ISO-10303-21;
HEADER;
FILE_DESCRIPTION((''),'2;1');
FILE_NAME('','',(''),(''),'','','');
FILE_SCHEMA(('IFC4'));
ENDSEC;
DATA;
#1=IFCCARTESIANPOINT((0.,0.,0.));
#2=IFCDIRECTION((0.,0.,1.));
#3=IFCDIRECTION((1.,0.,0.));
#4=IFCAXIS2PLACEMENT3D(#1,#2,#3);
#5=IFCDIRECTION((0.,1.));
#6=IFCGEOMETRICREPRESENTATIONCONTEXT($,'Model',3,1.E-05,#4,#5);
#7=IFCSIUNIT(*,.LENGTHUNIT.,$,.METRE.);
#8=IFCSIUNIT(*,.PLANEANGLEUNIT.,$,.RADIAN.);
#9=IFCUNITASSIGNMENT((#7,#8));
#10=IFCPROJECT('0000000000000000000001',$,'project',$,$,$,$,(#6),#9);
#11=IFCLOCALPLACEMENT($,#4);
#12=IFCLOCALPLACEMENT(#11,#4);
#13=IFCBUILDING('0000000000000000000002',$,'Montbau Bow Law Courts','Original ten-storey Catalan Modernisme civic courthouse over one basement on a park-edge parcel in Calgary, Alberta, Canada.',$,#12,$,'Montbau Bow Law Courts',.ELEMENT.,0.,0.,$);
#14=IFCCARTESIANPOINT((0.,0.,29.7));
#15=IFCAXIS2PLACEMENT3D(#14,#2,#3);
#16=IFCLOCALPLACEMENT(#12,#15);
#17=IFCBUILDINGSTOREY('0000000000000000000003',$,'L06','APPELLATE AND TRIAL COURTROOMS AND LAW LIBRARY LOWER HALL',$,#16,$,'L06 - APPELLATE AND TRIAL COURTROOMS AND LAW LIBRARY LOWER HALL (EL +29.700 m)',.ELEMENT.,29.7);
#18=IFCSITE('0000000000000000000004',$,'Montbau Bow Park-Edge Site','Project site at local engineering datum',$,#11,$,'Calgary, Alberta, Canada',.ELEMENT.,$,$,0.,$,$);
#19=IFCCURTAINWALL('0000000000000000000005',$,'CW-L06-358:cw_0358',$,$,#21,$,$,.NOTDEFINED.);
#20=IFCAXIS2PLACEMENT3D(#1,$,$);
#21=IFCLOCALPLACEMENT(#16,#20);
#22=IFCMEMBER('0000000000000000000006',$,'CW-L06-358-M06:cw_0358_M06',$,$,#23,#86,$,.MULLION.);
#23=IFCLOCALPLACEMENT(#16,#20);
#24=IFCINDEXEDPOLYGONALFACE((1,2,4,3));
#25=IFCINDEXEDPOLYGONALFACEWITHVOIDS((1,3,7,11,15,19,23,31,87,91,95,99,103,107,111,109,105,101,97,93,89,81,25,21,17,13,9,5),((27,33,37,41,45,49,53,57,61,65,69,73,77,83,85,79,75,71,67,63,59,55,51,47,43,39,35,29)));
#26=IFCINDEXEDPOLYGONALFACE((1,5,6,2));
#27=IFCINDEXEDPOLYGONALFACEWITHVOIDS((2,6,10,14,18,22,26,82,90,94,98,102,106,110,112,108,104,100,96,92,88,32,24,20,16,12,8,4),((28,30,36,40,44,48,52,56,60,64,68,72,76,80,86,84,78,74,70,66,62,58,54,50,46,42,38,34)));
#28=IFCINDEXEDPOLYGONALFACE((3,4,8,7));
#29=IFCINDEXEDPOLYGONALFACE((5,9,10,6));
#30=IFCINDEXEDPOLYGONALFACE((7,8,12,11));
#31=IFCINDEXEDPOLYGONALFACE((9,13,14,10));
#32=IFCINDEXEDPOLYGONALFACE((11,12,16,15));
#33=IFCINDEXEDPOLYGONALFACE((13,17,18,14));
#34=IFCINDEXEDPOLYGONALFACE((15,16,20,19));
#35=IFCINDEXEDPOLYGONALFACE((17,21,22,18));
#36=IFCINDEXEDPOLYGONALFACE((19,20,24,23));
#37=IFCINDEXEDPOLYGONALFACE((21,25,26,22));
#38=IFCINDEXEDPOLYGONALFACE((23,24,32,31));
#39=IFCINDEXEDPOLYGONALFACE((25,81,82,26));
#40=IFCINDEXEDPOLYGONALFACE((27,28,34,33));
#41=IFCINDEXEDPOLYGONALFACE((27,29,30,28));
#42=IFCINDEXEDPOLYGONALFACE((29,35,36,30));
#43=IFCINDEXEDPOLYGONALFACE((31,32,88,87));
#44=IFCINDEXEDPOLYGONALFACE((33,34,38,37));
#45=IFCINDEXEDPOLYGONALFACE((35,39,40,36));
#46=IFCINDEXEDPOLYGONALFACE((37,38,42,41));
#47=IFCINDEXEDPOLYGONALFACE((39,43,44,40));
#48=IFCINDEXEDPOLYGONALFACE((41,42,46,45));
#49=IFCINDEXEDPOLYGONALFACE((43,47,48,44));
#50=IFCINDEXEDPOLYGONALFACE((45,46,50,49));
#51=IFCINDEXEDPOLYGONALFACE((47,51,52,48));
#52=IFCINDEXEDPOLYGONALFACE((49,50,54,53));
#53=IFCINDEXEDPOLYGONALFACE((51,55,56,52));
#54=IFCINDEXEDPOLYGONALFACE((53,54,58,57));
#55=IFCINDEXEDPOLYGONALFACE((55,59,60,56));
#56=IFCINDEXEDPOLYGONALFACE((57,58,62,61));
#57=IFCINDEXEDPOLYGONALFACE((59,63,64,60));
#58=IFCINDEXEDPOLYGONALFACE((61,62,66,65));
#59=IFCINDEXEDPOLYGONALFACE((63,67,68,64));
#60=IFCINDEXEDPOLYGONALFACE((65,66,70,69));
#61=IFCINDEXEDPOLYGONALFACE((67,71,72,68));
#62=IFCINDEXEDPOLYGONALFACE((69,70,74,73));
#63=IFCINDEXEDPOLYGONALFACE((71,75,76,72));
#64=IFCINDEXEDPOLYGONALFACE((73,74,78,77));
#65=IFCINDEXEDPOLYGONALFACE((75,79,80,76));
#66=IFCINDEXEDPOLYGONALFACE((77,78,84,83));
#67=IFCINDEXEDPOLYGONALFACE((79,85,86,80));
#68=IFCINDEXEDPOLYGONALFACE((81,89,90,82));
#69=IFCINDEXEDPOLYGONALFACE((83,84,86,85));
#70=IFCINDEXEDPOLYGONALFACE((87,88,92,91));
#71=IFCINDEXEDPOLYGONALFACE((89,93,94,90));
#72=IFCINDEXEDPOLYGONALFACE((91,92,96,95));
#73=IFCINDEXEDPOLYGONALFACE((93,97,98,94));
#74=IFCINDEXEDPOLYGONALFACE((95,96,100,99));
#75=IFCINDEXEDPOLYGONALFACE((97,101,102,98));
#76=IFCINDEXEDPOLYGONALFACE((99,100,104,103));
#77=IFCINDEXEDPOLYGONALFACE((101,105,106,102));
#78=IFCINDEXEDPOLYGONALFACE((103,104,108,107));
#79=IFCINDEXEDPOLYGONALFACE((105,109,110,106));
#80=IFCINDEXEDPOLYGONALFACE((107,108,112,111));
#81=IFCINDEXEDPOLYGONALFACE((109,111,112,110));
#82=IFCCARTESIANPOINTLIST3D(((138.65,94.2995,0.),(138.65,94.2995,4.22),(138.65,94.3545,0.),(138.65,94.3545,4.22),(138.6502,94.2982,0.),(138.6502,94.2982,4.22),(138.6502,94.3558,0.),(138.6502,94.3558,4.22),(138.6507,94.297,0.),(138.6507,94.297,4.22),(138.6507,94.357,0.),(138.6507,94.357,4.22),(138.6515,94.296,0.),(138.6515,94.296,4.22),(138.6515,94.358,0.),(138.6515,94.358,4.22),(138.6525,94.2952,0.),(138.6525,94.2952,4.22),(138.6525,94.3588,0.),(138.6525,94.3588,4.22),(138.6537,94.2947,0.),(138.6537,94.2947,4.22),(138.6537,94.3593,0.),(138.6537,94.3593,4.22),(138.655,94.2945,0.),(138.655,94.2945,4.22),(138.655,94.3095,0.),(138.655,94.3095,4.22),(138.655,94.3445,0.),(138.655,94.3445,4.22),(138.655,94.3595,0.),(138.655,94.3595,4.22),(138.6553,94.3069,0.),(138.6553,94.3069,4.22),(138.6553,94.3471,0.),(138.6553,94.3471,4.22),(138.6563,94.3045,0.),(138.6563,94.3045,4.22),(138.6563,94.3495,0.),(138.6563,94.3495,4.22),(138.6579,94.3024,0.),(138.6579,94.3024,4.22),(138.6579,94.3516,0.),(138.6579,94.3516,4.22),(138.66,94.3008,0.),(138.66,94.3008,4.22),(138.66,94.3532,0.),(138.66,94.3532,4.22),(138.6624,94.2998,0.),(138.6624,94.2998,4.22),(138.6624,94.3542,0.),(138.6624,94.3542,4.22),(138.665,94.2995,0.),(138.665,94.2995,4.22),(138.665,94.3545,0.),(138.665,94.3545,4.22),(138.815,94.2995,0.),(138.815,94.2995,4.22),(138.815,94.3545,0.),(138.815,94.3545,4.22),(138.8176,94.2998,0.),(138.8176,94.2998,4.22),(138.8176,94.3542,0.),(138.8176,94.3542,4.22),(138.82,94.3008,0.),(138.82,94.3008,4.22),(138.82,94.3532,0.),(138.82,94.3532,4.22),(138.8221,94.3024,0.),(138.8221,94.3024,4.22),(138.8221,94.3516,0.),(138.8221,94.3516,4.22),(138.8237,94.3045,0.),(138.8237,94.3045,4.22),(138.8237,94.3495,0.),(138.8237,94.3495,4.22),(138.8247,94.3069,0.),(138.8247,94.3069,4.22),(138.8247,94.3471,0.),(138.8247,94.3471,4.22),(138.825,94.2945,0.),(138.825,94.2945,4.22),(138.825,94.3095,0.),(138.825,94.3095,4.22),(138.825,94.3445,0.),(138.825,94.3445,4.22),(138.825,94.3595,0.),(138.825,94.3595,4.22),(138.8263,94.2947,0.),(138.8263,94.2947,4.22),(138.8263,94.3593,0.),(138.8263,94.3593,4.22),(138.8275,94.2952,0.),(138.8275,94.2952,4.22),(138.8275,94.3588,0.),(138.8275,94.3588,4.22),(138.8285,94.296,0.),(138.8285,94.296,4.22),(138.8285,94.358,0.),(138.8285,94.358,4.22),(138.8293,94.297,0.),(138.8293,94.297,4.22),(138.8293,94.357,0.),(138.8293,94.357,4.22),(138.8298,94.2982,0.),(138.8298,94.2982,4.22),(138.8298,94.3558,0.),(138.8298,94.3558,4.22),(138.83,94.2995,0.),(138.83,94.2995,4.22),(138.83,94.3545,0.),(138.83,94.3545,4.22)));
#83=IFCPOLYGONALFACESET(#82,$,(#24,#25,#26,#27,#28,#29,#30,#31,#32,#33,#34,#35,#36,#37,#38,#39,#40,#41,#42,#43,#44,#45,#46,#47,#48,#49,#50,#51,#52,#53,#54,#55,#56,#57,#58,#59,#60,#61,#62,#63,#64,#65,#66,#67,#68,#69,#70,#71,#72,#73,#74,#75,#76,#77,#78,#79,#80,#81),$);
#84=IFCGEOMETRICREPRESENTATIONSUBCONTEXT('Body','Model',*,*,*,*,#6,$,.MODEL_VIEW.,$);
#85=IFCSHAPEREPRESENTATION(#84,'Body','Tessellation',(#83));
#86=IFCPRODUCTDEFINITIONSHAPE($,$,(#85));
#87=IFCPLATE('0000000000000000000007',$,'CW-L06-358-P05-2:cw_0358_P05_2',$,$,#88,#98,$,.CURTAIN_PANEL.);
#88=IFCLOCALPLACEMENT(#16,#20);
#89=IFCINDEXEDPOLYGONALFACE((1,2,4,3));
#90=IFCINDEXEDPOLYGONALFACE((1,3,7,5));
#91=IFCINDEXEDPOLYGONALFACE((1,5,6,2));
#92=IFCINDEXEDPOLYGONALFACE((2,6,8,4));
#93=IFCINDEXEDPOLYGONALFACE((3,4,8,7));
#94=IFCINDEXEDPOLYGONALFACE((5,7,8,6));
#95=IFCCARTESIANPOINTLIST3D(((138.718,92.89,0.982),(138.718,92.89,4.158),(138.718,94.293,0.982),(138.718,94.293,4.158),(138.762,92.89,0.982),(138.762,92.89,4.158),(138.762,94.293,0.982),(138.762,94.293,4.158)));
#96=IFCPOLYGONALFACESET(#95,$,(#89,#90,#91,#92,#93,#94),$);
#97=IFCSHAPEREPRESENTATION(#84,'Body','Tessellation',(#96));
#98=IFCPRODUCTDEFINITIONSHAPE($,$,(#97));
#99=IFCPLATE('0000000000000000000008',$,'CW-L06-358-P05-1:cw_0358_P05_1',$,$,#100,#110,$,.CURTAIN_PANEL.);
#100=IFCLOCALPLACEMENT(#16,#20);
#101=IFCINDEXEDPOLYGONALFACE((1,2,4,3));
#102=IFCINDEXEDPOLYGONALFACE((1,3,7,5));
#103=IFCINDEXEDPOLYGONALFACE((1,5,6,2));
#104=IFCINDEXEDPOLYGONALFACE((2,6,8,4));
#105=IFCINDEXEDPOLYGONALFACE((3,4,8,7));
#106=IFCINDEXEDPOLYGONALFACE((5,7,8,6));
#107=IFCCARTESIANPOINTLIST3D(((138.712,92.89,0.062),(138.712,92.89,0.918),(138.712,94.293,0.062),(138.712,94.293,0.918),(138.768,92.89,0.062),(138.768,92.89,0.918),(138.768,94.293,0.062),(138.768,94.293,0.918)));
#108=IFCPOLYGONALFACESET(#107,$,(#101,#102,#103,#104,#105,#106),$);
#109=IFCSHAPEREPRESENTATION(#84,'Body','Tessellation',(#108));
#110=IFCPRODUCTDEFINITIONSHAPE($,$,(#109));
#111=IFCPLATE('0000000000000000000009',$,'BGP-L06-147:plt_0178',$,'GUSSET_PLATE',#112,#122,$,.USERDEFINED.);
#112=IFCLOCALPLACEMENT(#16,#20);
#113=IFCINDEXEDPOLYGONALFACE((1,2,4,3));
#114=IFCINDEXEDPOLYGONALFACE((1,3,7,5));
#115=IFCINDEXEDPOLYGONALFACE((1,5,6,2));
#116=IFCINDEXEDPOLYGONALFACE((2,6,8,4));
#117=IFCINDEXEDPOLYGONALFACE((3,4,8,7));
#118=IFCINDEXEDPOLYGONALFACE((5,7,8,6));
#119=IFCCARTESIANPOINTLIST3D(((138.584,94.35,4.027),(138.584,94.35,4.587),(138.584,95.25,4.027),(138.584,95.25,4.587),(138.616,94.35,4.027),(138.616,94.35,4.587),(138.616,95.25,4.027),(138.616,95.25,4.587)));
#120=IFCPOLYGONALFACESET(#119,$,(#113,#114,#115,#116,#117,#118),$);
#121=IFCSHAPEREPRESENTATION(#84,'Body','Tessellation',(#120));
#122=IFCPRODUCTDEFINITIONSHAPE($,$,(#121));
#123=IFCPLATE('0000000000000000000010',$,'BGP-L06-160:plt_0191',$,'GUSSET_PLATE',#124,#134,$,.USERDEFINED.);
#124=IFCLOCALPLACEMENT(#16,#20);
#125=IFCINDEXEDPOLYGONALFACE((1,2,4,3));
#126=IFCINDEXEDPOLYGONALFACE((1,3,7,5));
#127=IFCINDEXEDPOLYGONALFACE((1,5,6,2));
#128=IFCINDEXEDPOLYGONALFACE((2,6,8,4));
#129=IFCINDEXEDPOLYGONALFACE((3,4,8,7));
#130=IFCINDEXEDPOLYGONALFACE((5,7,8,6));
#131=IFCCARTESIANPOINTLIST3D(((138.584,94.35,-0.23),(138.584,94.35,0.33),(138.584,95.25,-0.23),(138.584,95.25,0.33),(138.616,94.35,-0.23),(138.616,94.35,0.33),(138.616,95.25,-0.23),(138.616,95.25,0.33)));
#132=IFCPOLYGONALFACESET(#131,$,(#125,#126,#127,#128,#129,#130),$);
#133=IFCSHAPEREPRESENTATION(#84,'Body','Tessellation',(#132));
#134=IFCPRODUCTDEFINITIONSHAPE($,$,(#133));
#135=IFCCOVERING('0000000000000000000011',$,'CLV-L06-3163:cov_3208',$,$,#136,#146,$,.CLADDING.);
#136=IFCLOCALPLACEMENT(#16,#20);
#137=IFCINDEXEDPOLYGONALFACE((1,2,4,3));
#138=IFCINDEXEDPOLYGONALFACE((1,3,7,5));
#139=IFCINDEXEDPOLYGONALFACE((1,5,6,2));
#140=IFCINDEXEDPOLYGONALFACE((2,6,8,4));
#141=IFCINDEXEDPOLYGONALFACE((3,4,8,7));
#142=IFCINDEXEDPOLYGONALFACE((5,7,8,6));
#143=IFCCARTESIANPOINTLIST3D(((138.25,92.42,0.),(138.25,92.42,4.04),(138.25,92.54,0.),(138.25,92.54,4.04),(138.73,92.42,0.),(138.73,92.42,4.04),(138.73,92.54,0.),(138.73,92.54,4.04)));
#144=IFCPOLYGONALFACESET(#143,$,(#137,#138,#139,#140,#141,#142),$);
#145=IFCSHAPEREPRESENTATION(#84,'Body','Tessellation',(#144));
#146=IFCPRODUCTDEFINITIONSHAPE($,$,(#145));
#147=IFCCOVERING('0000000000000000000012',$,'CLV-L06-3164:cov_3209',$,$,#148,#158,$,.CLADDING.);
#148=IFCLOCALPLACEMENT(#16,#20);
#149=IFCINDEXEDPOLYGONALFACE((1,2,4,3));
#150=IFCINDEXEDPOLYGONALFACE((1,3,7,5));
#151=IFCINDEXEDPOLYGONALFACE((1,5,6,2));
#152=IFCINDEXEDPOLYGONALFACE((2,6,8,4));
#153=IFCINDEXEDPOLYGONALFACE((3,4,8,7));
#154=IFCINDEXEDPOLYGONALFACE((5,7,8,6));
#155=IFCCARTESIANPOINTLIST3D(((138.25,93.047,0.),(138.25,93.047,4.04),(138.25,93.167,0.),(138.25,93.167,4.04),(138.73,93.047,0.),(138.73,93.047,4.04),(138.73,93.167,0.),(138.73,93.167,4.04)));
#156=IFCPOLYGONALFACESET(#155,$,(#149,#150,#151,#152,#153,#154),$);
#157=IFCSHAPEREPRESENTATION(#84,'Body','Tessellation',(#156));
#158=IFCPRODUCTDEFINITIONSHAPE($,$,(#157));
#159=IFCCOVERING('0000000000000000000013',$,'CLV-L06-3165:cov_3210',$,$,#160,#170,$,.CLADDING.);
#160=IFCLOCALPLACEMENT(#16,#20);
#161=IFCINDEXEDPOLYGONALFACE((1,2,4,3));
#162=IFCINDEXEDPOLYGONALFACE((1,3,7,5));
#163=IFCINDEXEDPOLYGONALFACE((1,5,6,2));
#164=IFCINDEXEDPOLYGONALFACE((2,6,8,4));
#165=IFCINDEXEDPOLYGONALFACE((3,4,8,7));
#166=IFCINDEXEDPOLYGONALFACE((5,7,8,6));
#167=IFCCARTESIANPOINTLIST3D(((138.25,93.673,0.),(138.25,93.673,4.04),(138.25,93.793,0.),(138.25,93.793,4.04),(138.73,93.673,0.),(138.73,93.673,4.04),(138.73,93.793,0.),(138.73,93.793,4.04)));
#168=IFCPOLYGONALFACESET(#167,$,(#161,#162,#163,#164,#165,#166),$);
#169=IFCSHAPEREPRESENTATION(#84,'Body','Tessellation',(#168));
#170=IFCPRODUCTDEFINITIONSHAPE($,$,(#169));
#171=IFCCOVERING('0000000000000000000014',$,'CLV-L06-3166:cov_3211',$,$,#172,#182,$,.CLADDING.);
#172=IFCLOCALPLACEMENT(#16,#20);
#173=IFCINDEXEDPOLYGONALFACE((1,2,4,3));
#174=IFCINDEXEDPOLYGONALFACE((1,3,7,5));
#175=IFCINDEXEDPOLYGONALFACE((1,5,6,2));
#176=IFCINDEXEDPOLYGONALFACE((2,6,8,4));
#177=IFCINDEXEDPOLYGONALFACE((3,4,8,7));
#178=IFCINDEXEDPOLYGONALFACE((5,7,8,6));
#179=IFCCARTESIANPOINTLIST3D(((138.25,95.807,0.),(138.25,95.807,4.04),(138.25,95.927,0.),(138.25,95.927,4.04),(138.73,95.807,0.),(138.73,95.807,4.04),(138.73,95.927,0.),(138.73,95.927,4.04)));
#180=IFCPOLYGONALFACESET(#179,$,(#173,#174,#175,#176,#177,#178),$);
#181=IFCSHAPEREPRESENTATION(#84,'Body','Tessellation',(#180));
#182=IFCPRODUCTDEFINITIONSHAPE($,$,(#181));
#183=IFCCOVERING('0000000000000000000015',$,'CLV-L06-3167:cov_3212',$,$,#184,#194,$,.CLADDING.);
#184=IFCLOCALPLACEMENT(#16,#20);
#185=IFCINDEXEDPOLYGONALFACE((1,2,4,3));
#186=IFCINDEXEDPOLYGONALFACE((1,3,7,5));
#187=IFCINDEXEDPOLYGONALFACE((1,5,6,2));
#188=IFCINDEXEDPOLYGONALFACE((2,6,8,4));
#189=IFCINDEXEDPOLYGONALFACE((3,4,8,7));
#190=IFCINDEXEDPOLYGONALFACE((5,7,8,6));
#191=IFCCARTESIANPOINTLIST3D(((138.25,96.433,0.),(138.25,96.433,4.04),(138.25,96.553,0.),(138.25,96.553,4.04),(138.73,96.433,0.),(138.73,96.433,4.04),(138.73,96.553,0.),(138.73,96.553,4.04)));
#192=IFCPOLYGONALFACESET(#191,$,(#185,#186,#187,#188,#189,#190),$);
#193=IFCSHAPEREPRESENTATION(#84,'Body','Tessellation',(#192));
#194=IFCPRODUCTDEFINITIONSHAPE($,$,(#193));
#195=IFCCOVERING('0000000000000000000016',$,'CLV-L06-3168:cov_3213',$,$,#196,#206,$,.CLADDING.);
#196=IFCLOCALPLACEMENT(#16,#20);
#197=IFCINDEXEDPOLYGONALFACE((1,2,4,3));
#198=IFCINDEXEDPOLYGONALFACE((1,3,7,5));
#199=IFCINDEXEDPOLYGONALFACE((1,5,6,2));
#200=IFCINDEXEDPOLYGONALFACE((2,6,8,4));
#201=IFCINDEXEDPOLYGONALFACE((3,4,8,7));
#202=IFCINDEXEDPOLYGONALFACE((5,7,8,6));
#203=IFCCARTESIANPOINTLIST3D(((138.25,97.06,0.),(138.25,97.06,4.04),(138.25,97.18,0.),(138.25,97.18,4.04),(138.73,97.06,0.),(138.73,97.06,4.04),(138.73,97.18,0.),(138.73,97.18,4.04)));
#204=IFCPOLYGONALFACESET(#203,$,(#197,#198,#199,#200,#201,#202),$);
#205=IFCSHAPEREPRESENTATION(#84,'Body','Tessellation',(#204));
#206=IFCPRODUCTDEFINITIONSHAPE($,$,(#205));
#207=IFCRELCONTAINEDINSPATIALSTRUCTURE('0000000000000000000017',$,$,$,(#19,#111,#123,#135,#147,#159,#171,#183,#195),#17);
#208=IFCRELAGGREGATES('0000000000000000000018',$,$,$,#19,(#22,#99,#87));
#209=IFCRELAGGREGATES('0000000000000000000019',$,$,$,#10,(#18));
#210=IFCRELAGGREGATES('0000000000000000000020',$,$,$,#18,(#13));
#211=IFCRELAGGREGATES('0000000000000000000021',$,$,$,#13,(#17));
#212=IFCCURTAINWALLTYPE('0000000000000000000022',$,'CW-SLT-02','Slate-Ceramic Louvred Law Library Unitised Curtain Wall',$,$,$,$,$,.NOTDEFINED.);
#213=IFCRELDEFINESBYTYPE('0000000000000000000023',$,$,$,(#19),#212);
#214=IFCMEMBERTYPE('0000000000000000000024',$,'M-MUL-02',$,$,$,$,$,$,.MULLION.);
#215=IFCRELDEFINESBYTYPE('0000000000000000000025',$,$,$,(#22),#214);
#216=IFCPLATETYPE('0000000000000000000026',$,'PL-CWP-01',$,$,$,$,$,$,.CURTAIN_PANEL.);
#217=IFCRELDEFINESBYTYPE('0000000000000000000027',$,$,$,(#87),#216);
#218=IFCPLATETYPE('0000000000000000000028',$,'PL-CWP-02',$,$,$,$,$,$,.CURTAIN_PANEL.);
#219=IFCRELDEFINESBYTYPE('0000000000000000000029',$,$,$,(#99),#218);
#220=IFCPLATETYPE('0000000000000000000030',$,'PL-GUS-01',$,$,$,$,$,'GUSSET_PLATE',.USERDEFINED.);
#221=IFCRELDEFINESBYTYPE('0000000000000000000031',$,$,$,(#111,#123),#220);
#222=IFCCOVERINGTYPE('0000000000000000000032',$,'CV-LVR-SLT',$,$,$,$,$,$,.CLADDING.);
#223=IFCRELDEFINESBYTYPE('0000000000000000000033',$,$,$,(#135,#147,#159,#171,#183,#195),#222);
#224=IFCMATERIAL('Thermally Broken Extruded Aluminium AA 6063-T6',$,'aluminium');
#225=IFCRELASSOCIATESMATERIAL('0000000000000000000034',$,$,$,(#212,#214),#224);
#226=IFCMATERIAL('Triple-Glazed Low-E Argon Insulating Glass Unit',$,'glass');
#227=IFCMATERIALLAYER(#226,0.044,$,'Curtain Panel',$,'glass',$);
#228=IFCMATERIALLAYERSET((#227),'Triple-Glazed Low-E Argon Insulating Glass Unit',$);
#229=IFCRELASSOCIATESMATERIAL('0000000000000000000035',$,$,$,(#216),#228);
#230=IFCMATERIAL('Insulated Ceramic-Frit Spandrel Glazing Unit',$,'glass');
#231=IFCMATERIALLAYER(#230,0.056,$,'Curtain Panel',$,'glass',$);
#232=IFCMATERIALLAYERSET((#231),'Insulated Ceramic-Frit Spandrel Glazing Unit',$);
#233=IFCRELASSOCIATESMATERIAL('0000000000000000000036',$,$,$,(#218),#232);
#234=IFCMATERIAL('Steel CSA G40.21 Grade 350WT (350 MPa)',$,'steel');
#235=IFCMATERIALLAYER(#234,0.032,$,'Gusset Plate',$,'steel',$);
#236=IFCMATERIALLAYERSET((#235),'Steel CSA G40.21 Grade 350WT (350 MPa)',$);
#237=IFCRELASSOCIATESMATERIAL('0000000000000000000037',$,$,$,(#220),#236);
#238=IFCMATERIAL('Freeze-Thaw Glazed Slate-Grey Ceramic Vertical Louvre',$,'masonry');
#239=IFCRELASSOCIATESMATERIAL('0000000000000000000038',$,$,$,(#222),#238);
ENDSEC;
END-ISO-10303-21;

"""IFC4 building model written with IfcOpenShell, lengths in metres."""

from ifc_helpers import new_model, si_unit, direction, frame, frame_2d, origin_with_axes, origin_2d_with_axis, place, context, subcontext, project, spatial, rectangle, hollow_rectangle, extrude, material, layer, layer_set, material_profile, profile_set, type_object, element, aggregate, save


model = new_model("IFC4")

# Units and contexts
model_context = context("Model", 3, precision=1e-05, world=origin_with_axes(), true_north=direction((0.0, 1.0)))
body_context = subcontext(model_context, "Body", "Model", "MODEL_VIEW")
ifc_project = project(units=[si_unit("LENGTHUNIT", "METRE"), si_unit("PLANEANGLEUNIT", "RADIAN")], contexts=[model_context])

# Site, building, storey
site_placement = place(None, origin_with_axes())
site = spatial("IfcSite", under=ifc_project, at=site_placement, Name="Montbau Bow Park-Edge Site", Description="Project site at local engineering datum", LongName="Calgary, Alberta, Canada", CompositionType="ELEMENT", RefElevation=0.0)
building_placement = place(site_placement, origin_with_axes())
building = spatial("IfcBuilding", under=site, at=building_placement, Name="Montbau Bow Law Courts", Description="Original ten-storey Catalan Modernisme civic courthouse over one basement on a park-edge parcel in Calgary, Alberta, Canada.", LongName="Montbau Bow Law Courts", CompositionType="ELEMENT", ElevationOfRefHeight=0.0, ElevationOfTerrain=0.0)
storey_placement = place(building_placement, frame((0.0, 0.0, 29.7), z_axis=(0.0, 0.0, 1.0), x_axis=(1.0, 0.0, 0.0)))
storey = spatial("IfcBuildingStorey", under=building, at=storey_placement, Name="L06", Description="APPELLATE AND TRIAL COURTROOMS AND LAW LIBRARY LOWER HALL", LongName="L06 - APPELLATE AND TRIAL COURTROOMS AND LAW LIBRARY LOWER HALL (EL +29.700 m)", CompositionType="ELEMENT", Elevation=29.7)

# Shared definitions
ifc_material_1 = material(Name="Steel CSA G40.21 Grade 350WT (350 MPa)", Category="steel")

# Curtain wall, member, plates
ifc_material_2 = material(Name="Thermally Broken Extruded Aluminium AA 6063-T6", Category="aluminium")
curtain_wall_type = type_object("IfcCurtainWallType", Name="CW-SLT-02", Description="Slate-Ceramic Louvred Law Library Unitised Curtain Wall", PredefinedType="NOTDEFINED", material=ifc_material_2)
curtain_wall_placement = place(None, frame((138.74, 86.84, 29.7), z_axis=(0.0, 0.0, 1.0), x_axis=(1.0, 0.0, 0.0)))
curtain_wall = element("IfcCurtainWall", 1, at=curtain_wall_placement, inside=storey, type_object=curtain_wall_type, Name="CW-L06-358:cw_0358", PredefinedType="NOTDEFINED")
ifc_material_profile_1 = material_profile(ifc_material_2, hollow_rectangle(XDim=0.065, YDim=0.18, WallThickness=0.005, InnerFilletRadius=0.01, OuterFilletRadius=0.005, at=origin_2d_with_axis()), Name="CWM-180X65", Category="Main", Priority=0)
ifc_profile_set_1 = profile_set([ifc_material_profile_1], Name="Thermally Broken Extruded Aluminium AA 6063-T6")
member_type_1 = type_object("IfcMemberType", Name="M-MUL-02", PredefinedType="MULLION", material=ifc_profile_set_1)
member_1_placement = place(None, frame((138.74, 94.327, 29.7), z_axis=(0.0, 0.0, 1.0), x_axis=(0.0, 1.0, 0.0)))
member_1 = element("IfcMember", 2, at=member_1_placement, type_object=member_type_1, Name="CW-L06-358-M06:cw_0358_M06", PredefinedType="MULLION", context=body_context, shape_type="SweptSolid", body=[
    extrude(hollow_rectangle(XDim=0.065, YDim=0.18, WallThickness=0.005, InnerFilletRadius=0.01, OuterFilletRadius=0.005, at=origin_2d_with_axis()), origin_with_axes(), (0.0, 0.0, 1.0), 4.22),
])
ifc_material_3 = material(Name="Triple-Glazed Low-E Argon Insulating Glass Unit", Category="glass")
ifc_layer_1 = layer(ifc_material_3, 0.044, Name="Curtain Panel", Category="glass")
ifc_layer_set_1 = layer_set([ifc_layer_1], Name="Triple-Glazed Low-E Argon Insulating Glass Unit")
plate_type_1 = type_object("IfcPlateType", Name="PL-CWP-01", PredefinedType="CURTAIN_PANEL", material=ifc_layer_set_1)
plate_1_placement = place(None, frame((138.74, 92.89, 30.682), z_axis=(1.0, 0.0, 0.0), x_axis=(0.0, 1.0, 0.0)))
plate_1 = element("IfcPlate", 3, at=plate_1_placement, type_object=plate_type_1, Name="CW-L06-358-P05-2:cw_0358_P05_2", PredefinedType="CURTAIN_PANEL", context=body_context, shape_type="SweptSolid", body=[
    extrude(rectangle(XDim=1.403, YDim=3.176, at=frame_2d((0.7015, 1.588), x_axis=(1.0, 0.0))), frame((0.0, 0.0, -0.022), z_axis=(0.0, 0.0, 1.0), x_axis=(1.0, 0.0, 0.0)), (0.0, 0.0, 1.0), 0.044),
])
ifc_material_4 = material(Name="Insulated Ceramic-Frit Spandrel Glazing Unit", Category="glass")
ifc_layer_2 = layer(ifc_material_4, 0.056, Name="Curtain Panel", Category="glass")
ifc_layer_set_2 = layer_set([ifc_layer_2], Name="Insulated Ceramic-Frit Spandrel Glazing Unit")
plate_type_2 = type_object("IfcPlateType", Name="PL-CWP-02", PredefinedType="CURTAIN_PANEL", material=ifc_layer_set_2)
plate_2_placement = place(None, frame((138.74, 92.89, 29.762), z_axis=(1.0, 0.0, 0.0), x_axis=(0.0, 1.0, 0.0)))
plate_2 = element("IfcPlate", 4, at=plate_2_placement, type_object=plate_type_2, Name="CW-L06-358-P05-1:cw_0358_P05_1", PredefinedType="CURTAIN_PANEL", context=body_context, shape_type="SweptSolid", body=[
    extrude(rectangle(XDim=1.403, YDim=0.856, at=frame_2d((0.7015, 0.428), x_axis=(1.0, 0.0))), frame((0.0, 0.0, -0.028), z_axis=(0.0, 0.0, 1.0), x_axis=(1.0, 0.0, 0.0)), (0.0, 0.0, 1.0), 0.056),
])
aggregate(curtain_wall, [member_1, plate_2, plate_1])

# Plates
ifc_layer_3 = layer(ifc_material_1, 0.032, Name="Gusset Plate", Category="steel")
ifc_layer_set_3 = layer_set([ifc_layer_3], Name="Steel CSA G40.21 Grade 350WT (350 MPa)")
plate_type_3 = type_object("IfcPlateType", Name="PL-GUS-01", ElementType="GUSSET_PLATE", PredefinedType="USERDEFINED", material=ifc_layer_set_3)
for number, where, z_axis, x_axis, name in (
    (5, (138.6, 94.8, 33.727), (0.0, 0.0, 1.0), (0.0, 1.0, 0.0), "BGP-L06-147:plt_0178"),
    (6, (138.6, 94.8, 29.47), (0.0, 0.0, 1.0), (0.0, 1.0, 0.0), "BGP-L06-160:plt_0191"),
):
    element("IfcPlate", number, at=place(None, frame(where, z_axis=z_axis, x_axis=x_axis)), inside=storey, type_object=plate_type_3, Name=name, ObjectType="GUSSET_PLATE", PredefinedType="USERDEFINED", context=body_context, shape_type="SweptSolid", body=[
        extrude(rectangle(XDim=0.9, YDim=0.032, at=origin_2d_with_axis()), origin_with_axes(), (0.0, 0.0, 1.0), 0.56),
    ])

# Coverings
ifc_material_5 = material(Name="Freeze-Thaw Glazed Slate-Grey Ceramic Vertical Louvre", Category="masonry")
covering_type = type_object("IfcCoveringType", Name="CV-LVR-SLT", PredefinedType="CLADDING", material=ifc_material_5)
for number, where, z_axis, x_axis, name in (
    (7, (138.73, 92.48, 29.7), (0.0, 1.0, 0.0), (-1.0, 0.0, 0.0), "CLV-L06-3163:cov_3208"),
    (8, (138.73, 93.107, 29.7), (0.0, 1.0, 0.0), (-1.0, 0.0, 0.0), "CLV-L06-3164:cov_3209"),
    (9, (138.73, 93.733, 29.7), (0.0, 1.0, 0.0), (-1.0, 0.0, 0.0), "CLV-L06-3165:cov_3210"),
    (10, (138.73, 95.867, 29.7), (0.0, 1.0, 0.0), (-1.0, 0.0, 0.0), "CLV-L06-3166:cov_3211"),
    (11, (138.73, 96.493, 29.7), (0.0, 1.0, 0.0), (-1.0, 0.0, 0.0), "CLV-L06-3167:cov_3212"),
    (12, (138.73, 97.12, 29.7), (0.0, 1.0, 0.0), (-1.0, 0.0, 0.0), "CLV-L06-3168:cov_3213"),
):
    element("IfcCovering", number, at=place(None, frame(where, z_axis=z_axis, x_axis=x_axis)), inside=storey, type_object=covering_type, Name=name, PredefinedType="CLADDING", context=body_context, shape_type="SweptSolid", body=[
        extrude(rectangle(XDim=0.48, YDim=4.04, at=frame_2d((0.24, 2.02), x_axis=(1.0, 0.0))), frame((0.0, 0.0, -0.06), z_axis=(0.0, 0.0, 1.0), x_axis=(1.0, 0.0, 0.0)), (0.0, 0.0, 1.0), 0.12),
    ])

save(model, "model.ifc")
